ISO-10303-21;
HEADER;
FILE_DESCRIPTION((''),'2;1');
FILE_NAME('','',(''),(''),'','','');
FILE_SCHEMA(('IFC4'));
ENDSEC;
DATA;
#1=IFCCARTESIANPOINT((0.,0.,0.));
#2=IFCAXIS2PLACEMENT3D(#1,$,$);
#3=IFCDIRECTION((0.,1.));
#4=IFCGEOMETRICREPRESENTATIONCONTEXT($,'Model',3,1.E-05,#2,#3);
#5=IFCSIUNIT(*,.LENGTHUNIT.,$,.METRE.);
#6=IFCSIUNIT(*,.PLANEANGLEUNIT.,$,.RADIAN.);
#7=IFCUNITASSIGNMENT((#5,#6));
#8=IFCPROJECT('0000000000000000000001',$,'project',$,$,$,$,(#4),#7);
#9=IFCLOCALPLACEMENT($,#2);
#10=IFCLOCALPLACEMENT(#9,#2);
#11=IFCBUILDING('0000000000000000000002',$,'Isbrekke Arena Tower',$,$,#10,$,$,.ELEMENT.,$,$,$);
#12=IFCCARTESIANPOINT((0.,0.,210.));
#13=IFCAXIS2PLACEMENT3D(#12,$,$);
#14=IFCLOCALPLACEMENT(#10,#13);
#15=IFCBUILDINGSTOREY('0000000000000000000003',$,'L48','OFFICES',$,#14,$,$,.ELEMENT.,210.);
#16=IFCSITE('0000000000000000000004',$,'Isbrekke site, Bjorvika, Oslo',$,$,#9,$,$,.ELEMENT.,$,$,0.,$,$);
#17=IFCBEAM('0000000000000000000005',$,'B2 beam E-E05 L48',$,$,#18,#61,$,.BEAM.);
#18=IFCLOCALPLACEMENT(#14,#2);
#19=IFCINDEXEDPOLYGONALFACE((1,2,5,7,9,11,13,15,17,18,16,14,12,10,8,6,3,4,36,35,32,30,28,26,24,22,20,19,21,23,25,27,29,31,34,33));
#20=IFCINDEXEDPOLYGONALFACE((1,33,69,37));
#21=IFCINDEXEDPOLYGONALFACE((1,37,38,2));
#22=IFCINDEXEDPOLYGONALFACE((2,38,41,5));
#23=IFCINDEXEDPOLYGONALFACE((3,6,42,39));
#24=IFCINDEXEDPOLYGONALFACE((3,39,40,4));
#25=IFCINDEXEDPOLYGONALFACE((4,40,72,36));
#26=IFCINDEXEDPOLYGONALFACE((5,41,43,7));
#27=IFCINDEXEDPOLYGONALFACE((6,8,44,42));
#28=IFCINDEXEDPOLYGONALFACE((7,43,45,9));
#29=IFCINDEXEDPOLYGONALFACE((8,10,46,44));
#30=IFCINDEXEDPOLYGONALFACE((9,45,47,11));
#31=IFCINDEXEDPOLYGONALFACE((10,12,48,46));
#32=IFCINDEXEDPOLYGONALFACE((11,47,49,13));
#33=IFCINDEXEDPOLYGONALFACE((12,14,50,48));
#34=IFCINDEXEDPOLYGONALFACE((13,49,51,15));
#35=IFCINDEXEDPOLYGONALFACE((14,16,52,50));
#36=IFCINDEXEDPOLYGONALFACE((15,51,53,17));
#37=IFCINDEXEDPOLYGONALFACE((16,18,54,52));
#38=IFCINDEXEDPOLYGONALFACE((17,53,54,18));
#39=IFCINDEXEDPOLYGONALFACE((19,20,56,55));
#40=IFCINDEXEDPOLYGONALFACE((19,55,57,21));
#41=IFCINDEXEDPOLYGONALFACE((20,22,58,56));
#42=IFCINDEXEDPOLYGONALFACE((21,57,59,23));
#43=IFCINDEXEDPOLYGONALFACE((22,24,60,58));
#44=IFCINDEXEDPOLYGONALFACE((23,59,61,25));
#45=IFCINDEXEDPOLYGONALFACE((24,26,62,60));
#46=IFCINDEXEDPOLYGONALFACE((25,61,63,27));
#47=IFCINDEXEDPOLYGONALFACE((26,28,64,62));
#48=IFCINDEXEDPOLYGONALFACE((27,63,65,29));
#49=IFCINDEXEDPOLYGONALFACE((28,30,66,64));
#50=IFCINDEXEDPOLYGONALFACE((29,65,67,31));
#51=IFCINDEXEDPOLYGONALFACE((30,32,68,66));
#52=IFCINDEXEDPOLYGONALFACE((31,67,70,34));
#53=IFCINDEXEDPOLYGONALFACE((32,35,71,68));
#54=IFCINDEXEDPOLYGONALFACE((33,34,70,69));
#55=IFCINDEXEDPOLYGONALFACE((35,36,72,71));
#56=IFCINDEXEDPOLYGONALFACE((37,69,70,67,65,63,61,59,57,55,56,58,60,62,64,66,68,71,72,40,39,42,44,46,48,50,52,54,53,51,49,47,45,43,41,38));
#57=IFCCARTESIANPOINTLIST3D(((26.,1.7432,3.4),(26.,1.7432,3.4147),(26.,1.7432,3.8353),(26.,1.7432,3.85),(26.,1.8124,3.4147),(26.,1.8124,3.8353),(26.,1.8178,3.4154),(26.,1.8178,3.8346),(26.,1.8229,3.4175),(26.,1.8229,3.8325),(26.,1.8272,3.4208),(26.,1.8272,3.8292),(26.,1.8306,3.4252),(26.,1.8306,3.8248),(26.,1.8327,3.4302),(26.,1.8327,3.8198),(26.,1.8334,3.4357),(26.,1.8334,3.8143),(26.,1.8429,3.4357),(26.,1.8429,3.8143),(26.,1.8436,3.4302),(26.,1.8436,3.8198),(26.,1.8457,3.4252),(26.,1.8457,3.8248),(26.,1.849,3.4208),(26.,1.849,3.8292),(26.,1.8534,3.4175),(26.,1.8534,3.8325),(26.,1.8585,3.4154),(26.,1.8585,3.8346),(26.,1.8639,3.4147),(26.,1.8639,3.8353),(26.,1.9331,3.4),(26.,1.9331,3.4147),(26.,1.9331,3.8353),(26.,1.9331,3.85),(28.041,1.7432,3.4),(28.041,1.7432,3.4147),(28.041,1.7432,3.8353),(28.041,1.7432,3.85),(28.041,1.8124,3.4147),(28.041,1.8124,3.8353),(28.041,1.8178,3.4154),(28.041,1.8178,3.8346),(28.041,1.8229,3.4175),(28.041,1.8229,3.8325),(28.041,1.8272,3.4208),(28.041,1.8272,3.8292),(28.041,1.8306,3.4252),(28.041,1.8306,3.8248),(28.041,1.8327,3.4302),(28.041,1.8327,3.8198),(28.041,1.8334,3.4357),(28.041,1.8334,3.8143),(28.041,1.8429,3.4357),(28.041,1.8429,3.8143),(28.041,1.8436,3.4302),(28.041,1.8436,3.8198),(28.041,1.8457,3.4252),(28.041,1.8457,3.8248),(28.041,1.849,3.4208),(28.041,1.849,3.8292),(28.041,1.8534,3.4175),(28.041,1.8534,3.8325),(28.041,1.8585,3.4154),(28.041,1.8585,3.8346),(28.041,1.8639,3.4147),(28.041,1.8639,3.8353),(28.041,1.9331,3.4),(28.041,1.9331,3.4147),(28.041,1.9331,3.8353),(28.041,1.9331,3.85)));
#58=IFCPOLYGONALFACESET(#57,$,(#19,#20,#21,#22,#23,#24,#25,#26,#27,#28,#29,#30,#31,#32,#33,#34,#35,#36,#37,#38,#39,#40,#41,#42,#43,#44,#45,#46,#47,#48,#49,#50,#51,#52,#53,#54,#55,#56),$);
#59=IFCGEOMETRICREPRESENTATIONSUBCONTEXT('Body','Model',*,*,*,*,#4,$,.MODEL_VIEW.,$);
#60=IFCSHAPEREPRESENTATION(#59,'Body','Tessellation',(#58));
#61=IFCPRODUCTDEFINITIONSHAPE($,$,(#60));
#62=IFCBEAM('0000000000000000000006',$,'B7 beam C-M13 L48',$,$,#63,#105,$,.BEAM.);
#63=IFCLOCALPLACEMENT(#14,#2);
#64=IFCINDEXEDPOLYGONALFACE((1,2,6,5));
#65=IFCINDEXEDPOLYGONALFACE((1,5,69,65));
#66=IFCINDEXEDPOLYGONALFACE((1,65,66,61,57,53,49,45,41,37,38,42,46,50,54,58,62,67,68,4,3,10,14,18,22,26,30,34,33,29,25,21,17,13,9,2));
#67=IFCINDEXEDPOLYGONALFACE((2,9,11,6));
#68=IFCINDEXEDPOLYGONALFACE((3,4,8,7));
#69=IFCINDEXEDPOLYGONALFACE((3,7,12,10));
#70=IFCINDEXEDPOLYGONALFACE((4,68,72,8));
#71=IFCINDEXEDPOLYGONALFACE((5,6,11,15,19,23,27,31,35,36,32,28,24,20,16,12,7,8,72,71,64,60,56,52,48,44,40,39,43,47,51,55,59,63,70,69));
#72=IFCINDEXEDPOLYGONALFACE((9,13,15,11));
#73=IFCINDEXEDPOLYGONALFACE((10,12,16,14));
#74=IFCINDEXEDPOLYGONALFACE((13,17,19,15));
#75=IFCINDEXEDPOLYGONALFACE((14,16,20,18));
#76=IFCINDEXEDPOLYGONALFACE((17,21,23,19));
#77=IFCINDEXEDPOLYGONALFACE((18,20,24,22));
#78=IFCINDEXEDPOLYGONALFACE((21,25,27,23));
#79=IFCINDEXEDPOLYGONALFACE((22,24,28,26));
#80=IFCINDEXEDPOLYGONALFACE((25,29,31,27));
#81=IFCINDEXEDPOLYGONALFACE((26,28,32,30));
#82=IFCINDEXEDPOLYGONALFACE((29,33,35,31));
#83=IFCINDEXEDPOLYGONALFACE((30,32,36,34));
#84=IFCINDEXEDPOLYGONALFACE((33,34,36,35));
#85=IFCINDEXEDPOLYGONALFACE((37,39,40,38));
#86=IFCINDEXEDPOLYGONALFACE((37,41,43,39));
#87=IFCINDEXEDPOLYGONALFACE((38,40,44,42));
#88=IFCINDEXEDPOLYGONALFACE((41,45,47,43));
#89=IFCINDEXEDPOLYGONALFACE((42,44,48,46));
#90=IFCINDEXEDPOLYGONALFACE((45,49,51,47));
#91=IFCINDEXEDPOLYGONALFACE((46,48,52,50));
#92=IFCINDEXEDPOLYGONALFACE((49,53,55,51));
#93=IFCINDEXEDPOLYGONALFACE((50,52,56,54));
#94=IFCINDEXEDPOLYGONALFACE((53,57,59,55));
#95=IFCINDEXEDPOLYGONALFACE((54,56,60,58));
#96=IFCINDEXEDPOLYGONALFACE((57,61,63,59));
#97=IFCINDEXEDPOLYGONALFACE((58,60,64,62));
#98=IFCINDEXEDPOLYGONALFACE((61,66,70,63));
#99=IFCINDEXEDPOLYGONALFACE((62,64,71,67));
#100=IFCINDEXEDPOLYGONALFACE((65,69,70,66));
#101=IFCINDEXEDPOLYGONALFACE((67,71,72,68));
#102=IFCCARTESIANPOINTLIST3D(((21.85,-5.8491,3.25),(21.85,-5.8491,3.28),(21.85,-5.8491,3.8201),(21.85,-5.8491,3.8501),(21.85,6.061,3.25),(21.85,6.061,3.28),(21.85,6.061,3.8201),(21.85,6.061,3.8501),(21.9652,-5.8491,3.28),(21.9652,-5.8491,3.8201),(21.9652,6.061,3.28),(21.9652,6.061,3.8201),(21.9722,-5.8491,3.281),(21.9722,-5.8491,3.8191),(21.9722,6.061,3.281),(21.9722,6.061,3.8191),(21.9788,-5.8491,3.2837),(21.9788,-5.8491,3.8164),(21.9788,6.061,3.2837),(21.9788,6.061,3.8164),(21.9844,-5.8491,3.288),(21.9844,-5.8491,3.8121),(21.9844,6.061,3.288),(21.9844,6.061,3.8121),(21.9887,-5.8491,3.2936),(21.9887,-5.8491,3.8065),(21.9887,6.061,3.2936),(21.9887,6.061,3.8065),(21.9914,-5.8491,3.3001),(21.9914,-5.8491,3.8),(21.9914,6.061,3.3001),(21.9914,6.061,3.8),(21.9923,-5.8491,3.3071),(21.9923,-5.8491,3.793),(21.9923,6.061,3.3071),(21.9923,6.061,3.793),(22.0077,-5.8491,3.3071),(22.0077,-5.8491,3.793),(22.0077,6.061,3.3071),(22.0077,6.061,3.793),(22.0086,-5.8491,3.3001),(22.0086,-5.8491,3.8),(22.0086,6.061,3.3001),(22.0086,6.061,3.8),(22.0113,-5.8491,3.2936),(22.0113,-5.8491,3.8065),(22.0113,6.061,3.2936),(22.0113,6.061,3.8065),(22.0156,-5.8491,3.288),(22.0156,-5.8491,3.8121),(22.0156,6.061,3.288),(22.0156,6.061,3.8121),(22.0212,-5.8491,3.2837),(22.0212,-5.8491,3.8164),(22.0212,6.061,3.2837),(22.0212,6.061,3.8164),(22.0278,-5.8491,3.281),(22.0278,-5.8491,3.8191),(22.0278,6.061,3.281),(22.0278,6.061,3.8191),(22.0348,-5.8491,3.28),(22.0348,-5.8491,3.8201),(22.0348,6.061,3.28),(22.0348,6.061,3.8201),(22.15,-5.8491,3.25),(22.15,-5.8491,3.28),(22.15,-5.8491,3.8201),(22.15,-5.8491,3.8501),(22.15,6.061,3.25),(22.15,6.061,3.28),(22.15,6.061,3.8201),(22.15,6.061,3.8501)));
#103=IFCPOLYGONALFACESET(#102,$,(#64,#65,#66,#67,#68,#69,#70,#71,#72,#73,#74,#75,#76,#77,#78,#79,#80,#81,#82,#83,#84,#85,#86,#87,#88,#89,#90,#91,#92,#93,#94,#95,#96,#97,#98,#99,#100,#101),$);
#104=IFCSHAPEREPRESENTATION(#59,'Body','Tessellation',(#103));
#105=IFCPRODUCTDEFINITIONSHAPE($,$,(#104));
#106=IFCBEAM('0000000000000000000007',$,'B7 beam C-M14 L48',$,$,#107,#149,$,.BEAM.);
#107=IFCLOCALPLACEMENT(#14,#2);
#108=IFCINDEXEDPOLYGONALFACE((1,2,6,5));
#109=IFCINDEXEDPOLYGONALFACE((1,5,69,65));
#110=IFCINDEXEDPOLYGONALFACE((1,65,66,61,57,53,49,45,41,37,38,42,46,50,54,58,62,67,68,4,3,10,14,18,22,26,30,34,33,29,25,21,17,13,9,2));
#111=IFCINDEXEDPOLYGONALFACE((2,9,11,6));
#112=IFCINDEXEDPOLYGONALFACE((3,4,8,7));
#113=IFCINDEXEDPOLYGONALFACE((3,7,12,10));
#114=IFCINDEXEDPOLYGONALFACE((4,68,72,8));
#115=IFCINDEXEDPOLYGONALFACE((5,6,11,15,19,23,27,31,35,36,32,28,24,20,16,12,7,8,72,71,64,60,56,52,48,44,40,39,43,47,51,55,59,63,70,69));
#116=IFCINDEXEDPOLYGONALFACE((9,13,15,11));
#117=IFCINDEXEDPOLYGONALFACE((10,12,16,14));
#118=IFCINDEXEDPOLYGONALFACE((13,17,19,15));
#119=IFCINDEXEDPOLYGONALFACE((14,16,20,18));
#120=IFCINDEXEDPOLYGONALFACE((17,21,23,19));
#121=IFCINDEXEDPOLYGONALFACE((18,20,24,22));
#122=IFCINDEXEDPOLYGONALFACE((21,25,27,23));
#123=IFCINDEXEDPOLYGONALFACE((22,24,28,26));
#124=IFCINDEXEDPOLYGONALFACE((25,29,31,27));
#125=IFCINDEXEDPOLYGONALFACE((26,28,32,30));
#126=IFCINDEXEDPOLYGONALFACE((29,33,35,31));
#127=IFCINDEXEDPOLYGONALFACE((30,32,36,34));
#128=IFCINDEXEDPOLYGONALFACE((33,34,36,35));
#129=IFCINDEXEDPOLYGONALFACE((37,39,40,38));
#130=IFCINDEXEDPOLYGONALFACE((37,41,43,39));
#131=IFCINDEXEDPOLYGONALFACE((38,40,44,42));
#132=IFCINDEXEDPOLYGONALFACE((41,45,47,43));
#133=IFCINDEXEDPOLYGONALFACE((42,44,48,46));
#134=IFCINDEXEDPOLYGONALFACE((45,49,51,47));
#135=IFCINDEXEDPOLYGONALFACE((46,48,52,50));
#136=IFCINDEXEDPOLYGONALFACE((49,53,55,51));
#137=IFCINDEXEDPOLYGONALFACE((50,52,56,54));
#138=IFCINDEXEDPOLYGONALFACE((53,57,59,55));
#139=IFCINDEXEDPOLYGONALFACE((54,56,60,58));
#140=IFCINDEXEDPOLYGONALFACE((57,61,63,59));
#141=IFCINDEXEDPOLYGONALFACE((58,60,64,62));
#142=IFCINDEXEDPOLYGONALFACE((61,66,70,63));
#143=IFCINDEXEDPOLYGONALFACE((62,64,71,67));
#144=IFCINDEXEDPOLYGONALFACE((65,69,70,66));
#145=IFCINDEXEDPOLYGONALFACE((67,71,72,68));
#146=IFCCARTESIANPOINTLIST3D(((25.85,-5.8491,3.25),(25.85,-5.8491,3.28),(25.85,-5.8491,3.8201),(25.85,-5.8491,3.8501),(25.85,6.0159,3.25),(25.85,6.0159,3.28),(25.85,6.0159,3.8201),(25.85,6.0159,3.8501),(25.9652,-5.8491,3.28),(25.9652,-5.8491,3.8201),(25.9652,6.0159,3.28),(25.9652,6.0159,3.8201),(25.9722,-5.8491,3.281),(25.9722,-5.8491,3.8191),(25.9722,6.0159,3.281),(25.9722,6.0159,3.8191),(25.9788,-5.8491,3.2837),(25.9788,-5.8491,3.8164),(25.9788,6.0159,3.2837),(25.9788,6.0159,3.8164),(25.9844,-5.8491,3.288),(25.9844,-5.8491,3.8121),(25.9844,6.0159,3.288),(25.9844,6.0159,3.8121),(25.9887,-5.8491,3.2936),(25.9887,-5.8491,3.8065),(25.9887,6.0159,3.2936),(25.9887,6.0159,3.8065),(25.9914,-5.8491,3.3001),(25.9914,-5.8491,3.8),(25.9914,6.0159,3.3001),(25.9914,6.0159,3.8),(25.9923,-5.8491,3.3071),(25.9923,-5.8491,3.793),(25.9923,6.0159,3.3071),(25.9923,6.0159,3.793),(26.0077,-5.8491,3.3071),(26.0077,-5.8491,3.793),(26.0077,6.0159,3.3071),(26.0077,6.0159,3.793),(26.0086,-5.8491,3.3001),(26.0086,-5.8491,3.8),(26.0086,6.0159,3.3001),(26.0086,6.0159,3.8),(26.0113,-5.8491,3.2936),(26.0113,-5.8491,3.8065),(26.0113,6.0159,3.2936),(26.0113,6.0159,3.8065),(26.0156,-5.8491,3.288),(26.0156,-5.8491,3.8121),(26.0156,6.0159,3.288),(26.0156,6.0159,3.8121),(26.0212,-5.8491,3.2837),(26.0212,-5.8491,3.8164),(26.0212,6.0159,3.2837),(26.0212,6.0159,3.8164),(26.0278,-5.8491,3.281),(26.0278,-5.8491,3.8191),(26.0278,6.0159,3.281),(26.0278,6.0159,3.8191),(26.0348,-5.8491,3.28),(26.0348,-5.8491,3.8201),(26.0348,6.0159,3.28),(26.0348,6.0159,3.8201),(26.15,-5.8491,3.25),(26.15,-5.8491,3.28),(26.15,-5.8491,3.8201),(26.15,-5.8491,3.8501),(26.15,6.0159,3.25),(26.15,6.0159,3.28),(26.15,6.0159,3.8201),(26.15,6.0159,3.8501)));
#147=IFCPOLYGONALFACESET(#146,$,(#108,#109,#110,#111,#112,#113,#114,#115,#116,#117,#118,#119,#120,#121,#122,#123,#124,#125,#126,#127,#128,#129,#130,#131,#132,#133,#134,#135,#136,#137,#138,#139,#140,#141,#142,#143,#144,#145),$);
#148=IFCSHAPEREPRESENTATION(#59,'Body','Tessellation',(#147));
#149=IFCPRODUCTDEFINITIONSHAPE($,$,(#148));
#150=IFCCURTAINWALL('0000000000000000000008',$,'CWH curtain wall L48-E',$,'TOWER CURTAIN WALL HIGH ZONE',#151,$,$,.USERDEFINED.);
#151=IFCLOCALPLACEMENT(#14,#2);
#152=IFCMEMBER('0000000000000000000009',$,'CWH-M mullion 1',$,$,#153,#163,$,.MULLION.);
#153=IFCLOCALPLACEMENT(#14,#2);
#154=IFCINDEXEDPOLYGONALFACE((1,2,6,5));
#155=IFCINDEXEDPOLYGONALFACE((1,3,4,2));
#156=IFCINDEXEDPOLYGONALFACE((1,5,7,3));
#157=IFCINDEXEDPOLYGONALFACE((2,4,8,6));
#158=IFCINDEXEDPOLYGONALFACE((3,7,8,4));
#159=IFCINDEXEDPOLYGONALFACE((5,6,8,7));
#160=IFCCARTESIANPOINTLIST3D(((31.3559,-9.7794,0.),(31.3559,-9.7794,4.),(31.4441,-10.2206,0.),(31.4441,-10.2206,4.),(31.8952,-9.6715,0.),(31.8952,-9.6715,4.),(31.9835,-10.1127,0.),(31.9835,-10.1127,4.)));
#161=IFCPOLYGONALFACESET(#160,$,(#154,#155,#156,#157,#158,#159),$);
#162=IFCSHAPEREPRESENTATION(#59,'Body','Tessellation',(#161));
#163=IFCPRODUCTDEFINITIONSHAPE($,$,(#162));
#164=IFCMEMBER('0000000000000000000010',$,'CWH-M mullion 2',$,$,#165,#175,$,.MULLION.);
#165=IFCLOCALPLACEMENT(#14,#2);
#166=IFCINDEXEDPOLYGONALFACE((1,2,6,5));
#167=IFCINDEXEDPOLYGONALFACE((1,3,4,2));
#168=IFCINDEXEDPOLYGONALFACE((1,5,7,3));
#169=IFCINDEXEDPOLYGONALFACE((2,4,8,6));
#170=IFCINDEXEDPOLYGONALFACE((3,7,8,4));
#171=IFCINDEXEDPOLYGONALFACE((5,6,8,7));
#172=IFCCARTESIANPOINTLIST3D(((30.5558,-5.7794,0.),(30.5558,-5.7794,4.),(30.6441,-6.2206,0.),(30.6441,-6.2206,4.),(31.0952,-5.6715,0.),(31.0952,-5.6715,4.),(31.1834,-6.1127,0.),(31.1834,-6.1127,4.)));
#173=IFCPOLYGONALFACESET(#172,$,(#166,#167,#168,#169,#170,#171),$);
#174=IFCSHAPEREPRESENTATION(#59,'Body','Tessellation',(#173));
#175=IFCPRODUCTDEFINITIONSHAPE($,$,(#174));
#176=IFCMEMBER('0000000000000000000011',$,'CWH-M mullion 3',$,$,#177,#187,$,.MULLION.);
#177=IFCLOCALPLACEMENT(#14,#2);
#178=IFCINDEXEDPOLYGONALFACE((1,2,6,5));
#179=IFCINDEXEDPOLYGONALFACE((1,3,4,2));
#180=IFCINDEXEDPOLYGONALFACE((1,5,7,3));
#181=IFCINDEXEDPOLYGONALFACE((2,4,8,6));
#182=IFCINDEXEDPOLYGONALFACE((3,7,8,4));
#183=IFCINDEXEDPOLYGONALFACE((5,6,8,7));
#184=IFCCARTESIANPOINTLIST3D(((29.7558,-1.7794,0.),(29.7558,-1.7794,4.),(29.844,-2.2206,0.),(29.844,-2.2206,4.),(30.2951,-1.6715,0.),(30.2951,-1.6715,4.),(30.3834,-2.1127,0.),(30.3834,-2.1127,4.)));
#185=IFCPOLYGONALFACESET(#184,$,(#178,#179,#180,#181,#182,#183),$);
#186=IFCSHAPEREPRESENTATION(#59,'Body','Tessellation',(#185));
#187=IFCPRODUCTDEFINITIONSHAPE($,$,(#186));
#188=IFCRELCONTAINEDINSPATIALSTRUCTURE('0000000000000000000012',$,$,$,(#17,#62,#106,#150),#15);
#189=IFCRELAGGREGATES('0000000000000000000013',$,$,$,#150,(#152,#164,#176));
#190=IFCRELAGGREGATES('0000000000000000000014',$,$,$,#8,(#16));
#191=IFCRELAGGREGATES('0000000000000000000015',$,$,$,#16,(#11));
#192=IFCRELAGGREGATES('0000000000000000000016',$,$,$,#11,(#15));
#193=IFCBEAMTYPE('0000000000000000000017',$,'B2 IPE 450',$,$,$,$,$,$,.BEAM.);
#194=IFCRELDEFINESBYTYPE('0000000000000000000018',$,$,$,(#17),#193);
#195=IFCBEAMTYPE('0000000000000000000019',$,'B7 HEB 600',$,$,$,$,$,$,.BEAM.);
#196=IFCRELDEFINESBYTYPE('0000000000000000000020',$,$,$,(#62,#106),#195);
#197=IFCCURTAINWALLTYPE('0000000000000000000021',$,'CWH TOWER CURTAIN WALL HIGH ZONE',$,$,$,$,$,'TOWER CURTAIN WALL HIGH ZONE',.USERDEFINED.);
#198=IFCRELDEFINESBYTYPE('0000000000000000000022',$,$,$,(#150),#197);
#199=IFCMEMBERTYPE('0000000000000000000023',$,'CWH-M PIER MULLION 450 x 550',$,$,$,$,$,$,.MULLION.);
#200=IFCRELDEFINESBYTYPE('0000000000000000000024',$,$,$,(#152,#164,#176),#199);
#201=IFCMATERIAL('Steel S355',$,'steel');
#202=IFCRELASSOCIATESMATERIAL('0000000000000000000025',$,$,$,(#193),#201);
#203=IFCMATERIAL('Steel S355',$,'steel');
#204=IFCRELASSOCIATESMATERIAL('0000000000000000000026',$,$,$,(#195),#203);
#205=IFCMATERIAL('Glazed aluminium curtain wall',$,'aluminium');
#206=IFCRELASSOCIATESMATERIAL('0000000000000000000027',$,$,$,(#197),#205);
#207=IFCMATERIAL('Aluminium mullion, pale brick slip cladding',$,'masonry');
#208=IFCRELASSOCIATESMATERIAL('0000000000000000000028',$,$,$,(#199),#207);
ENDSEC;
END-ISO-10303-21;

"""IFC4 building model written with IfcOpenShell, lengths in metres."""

from ifc_helpers import new_model, si_unit, direction, frame, origin, origin_2d, place, context, subcontext, project, spatial, rectangle, i_section, extrude, material, material_profile, profile_set, type_object, element, aggregate, save


model = new_model("IFC4")

# Units and contexts
model_context = context("Model", 3, precision=1e-05, world=origin(), true_north=direction((0.0, 1.0)))
body_context = subcontext(model_context, "Body", "Model", "MODEL_VIEW")
ifc_project = project(units=[si_unit("LENGTHUNIT", "METRE"), si_unit("PLANEANGLEUNIT", "RADIAN")], contexts=[model_context])

# Site, building, storey
site_placement = place(None, origin())
site = spatial("IfcSite", under=ifc_project, at=site_placement, Name="Isbrekke site, Bjorvika, Oslo", CompositionType="ELEMENT", RefElevation=0.0)
building_placement = place(site_placement, origin())
building = spatial("IfcBuilding", under=site, at=building_placement, Name="Isbrekke Arena Tower", CompositionType="ELEMENT")
storey_placement = place(building_placement, frame((0.0, 0.0, 210.0)))
storey = spatial("IfcBuildingStorey", under=building, at=storey_placement, Name="L48", Description="OFFICES", CompositionType="ELEMENT", Elevation=210.0)

# Beams
ifc_material_1 = material(Name="Steel S355", Category="steel")
ifc_material_profile_1 = material_profile(ifc_material_1, i_section(OverallWidth=0.1899, OverallDepth=0.45, WebThickness=0.0095, FlangeThickness=0.0146, FilletRadius=0.021, at=origin_2d()), Name="IPE 450")
ifc_profile_set_1 = profile_set([ifc_material_profile_1], Name="Steel S355")
beam_type_1 = type_object("IfcBeamType", Name="B2 IPE 450", PredefinedType="BEAM", material=ifc_profile_set_1)
beam_1_placement = place(storey_placement, frame((28.041, 1.8381, 3.625), z_axis=(-1.0, 0.0, 0.0), x_axis=(0.0, -1.0, 0.0)))
element("IfcBeam", 1, at=beam_1_placement, inside=storey, type_object=beam_type_1, Name="B2 beam E-E05 L48", PredefinedType="BEAM", context=body_context, shape_type="SweptSolid", body=[
    extrude(i_section(OverallWidth=0.1899, OverallDepth=0.45, WebThickness=0.0095, FlangeThickness=0.0146, FilletRadius=0.021, at=origin_2d()), origin(), (0.0, 0.0, 1.0), 2.041),
])
ifc_material_2 = material(Name="Steel S355", Category="steel")
ifc_material_profile_2 = material_profile(ifc_material_2, i_section(OverallWidth=0.3, OverallDepth=0.6001, WebThickness=0.0154, FlangeThickness=0.03, FilletRadius=0.0271, at=origin_2d()), Name="HEB 600")
ifc_profile_set_2 = profile_set([ifc_material_profile_2], Name="Steel S355")
beam_type_2 = type_object("IfcBeamType", Name="B7 HEB 600", PredefinedType="BEAM", material=ifc_profile_set_2)
beam_2_placement = place(storey_placement, frame((22.0, -5.8491, 3.55), z_axis=(0.0, 1.0, 0.0), x_axis=(-1.0, 0.0, 0.0)))
element("IfcBeam", 2, at=beam_2_placement, inside=storey, type_object=beam_type_2, Name="B7 beam C-M13 L48", PredefinedType="BEAM", context=body_context, shape_type="SweptSolid", body=[
    extrude(i_section(OverallWidth=0.3, OverallDepth=0.6001, WebThickness=0.0154, FlangeThickness=0.03, FilletRadius=0.0271, at=origin_2d()), origin(), (0.0, 0.0, 1.0), 11.9102),
])
beam_3_placement = place(storey_placement, frame((26.0, -5.8491, 3.55), z_axis=(0.0, 1.0, 0.0), x_axis=(-1.0, 0.0, 0.0)))
element("IfcBeam", 3, at=beam_3_placement, inside=storey, type_object=beam_type_2, Name="B7 beam C-M14 L48", PredefinedType="BEAM", context=body_context, shape_type="SweptSolid", body=[
    extrude(i_section(OverallWidth=0.3, OverallDepth=0.6001, WebThickness=0.0154, FlangeThickness=0.03, FilletRadius=0.0271, at=origin_2d()), origin(), (0.0, 0.0, 1.0), 11.865),
])

# Curtain wall, members
ifc_material_3 = material(Name="Glazed aluminium curtain wall", Category="aluminium")
curtain_wall_type = type_object("IfcCurtainWallType", Name="CWH TOWER CURTAIN WALL HIGH ZONE", ElementType="TOWER CURTAIN WALL HIGH ZONE", PredefinedType="USERDEFINED", material=ifc_material_3)
curtain_wall_placement = place(storey_placement, origin())
curtain_wall = element("IfcCurtainWall", 4, at=curtain_wall_placement, inside=storey, type_object=curtain_wall_type, Name="CWH curtain wall L48-E", ObjectType="TOWER CURTAIN WALL HIGH ZONE", PredefinedType="USERDEFINED")
ifc_material_4 = material(Name="Aluminium mullion, pale brick slip cladding", Category="masonry")
ifc_material_profile_3 = material_profile(ifc_material_4, rectangle(XDim=0.45, YDim=0.55, at=origin_2d()), Name="PIER 450X550")
ifc_profile_set_3 = profile_set([ifc_material_profile_3], Name="Aluminium mullion, pale brick slip cladding")
member_type_1 = type_object("IfcMemberType", Name="CWH-M PIER MULLION 450 x 550", PredefinedType="MULLION", material=ifc_profile_set_3)
member_1_placement = place(storey_placement, frame((31.6697, -9.946, 0.0), z_axis=(0.0, 0.0, 1.0), x_axis=(-0.196116, 0.980581, 0.0)))
member_1 = element("IfcMember", 5, at=member_1_placement, type_object=member_type_1, Name="CWH-M mullion 1", PredefinedType="MULLION", context=body_context, shape_type="SweptSolid", body=[
    extrude(rectangle(XDim=0.45, YDim=0.55, at=origin_2d()), origin(), (0.0, 0.0, 1.0), 4.0),
])
member_2_placement = place(storey_placement, frame((30.8696, -5.946, 0.0), z_axis=(0.0, 0.0, 1.0), x_axis=(-0.196116, 0.980581, 0.0)))
member_2 = element("IfcMember", 6, at=member_2_placement, type_object=member_type_1, Name="CWH-M mullion 2", PredefinedType="MULLION", context=body_context, shape_type="SweptSolid", body=[
    extrude(rectangle(XDim=0.45, YDim=0.55, at=origin_2d()), origin(), (0.0, 0.0, 1.0), 4.0),
])
member_3_placement = place(storey_placement, frame((30.0696, -1.946, 0.0), z_axis=(0.0, 0.0, 1.0), x_axis=(-0.196116, 0.980581, 0.0)))
member_3 = element("IfcMember", 7, at=member_3_placement, type_object=member_type_1, Name="CWH-M mullion 3", PredefinedType="MULLION", context=body_context, shape_type="SweptSolid", body=[
    extrude(rectangle(XDim=0.45, YDim=0.55, at=origin_2d()), origin(), (0.0, 0.0, 1.0), 4.0),
])

aggregate(curtain_wall, [member_1, member_2, member_3])

save(model, "model.ifc")
